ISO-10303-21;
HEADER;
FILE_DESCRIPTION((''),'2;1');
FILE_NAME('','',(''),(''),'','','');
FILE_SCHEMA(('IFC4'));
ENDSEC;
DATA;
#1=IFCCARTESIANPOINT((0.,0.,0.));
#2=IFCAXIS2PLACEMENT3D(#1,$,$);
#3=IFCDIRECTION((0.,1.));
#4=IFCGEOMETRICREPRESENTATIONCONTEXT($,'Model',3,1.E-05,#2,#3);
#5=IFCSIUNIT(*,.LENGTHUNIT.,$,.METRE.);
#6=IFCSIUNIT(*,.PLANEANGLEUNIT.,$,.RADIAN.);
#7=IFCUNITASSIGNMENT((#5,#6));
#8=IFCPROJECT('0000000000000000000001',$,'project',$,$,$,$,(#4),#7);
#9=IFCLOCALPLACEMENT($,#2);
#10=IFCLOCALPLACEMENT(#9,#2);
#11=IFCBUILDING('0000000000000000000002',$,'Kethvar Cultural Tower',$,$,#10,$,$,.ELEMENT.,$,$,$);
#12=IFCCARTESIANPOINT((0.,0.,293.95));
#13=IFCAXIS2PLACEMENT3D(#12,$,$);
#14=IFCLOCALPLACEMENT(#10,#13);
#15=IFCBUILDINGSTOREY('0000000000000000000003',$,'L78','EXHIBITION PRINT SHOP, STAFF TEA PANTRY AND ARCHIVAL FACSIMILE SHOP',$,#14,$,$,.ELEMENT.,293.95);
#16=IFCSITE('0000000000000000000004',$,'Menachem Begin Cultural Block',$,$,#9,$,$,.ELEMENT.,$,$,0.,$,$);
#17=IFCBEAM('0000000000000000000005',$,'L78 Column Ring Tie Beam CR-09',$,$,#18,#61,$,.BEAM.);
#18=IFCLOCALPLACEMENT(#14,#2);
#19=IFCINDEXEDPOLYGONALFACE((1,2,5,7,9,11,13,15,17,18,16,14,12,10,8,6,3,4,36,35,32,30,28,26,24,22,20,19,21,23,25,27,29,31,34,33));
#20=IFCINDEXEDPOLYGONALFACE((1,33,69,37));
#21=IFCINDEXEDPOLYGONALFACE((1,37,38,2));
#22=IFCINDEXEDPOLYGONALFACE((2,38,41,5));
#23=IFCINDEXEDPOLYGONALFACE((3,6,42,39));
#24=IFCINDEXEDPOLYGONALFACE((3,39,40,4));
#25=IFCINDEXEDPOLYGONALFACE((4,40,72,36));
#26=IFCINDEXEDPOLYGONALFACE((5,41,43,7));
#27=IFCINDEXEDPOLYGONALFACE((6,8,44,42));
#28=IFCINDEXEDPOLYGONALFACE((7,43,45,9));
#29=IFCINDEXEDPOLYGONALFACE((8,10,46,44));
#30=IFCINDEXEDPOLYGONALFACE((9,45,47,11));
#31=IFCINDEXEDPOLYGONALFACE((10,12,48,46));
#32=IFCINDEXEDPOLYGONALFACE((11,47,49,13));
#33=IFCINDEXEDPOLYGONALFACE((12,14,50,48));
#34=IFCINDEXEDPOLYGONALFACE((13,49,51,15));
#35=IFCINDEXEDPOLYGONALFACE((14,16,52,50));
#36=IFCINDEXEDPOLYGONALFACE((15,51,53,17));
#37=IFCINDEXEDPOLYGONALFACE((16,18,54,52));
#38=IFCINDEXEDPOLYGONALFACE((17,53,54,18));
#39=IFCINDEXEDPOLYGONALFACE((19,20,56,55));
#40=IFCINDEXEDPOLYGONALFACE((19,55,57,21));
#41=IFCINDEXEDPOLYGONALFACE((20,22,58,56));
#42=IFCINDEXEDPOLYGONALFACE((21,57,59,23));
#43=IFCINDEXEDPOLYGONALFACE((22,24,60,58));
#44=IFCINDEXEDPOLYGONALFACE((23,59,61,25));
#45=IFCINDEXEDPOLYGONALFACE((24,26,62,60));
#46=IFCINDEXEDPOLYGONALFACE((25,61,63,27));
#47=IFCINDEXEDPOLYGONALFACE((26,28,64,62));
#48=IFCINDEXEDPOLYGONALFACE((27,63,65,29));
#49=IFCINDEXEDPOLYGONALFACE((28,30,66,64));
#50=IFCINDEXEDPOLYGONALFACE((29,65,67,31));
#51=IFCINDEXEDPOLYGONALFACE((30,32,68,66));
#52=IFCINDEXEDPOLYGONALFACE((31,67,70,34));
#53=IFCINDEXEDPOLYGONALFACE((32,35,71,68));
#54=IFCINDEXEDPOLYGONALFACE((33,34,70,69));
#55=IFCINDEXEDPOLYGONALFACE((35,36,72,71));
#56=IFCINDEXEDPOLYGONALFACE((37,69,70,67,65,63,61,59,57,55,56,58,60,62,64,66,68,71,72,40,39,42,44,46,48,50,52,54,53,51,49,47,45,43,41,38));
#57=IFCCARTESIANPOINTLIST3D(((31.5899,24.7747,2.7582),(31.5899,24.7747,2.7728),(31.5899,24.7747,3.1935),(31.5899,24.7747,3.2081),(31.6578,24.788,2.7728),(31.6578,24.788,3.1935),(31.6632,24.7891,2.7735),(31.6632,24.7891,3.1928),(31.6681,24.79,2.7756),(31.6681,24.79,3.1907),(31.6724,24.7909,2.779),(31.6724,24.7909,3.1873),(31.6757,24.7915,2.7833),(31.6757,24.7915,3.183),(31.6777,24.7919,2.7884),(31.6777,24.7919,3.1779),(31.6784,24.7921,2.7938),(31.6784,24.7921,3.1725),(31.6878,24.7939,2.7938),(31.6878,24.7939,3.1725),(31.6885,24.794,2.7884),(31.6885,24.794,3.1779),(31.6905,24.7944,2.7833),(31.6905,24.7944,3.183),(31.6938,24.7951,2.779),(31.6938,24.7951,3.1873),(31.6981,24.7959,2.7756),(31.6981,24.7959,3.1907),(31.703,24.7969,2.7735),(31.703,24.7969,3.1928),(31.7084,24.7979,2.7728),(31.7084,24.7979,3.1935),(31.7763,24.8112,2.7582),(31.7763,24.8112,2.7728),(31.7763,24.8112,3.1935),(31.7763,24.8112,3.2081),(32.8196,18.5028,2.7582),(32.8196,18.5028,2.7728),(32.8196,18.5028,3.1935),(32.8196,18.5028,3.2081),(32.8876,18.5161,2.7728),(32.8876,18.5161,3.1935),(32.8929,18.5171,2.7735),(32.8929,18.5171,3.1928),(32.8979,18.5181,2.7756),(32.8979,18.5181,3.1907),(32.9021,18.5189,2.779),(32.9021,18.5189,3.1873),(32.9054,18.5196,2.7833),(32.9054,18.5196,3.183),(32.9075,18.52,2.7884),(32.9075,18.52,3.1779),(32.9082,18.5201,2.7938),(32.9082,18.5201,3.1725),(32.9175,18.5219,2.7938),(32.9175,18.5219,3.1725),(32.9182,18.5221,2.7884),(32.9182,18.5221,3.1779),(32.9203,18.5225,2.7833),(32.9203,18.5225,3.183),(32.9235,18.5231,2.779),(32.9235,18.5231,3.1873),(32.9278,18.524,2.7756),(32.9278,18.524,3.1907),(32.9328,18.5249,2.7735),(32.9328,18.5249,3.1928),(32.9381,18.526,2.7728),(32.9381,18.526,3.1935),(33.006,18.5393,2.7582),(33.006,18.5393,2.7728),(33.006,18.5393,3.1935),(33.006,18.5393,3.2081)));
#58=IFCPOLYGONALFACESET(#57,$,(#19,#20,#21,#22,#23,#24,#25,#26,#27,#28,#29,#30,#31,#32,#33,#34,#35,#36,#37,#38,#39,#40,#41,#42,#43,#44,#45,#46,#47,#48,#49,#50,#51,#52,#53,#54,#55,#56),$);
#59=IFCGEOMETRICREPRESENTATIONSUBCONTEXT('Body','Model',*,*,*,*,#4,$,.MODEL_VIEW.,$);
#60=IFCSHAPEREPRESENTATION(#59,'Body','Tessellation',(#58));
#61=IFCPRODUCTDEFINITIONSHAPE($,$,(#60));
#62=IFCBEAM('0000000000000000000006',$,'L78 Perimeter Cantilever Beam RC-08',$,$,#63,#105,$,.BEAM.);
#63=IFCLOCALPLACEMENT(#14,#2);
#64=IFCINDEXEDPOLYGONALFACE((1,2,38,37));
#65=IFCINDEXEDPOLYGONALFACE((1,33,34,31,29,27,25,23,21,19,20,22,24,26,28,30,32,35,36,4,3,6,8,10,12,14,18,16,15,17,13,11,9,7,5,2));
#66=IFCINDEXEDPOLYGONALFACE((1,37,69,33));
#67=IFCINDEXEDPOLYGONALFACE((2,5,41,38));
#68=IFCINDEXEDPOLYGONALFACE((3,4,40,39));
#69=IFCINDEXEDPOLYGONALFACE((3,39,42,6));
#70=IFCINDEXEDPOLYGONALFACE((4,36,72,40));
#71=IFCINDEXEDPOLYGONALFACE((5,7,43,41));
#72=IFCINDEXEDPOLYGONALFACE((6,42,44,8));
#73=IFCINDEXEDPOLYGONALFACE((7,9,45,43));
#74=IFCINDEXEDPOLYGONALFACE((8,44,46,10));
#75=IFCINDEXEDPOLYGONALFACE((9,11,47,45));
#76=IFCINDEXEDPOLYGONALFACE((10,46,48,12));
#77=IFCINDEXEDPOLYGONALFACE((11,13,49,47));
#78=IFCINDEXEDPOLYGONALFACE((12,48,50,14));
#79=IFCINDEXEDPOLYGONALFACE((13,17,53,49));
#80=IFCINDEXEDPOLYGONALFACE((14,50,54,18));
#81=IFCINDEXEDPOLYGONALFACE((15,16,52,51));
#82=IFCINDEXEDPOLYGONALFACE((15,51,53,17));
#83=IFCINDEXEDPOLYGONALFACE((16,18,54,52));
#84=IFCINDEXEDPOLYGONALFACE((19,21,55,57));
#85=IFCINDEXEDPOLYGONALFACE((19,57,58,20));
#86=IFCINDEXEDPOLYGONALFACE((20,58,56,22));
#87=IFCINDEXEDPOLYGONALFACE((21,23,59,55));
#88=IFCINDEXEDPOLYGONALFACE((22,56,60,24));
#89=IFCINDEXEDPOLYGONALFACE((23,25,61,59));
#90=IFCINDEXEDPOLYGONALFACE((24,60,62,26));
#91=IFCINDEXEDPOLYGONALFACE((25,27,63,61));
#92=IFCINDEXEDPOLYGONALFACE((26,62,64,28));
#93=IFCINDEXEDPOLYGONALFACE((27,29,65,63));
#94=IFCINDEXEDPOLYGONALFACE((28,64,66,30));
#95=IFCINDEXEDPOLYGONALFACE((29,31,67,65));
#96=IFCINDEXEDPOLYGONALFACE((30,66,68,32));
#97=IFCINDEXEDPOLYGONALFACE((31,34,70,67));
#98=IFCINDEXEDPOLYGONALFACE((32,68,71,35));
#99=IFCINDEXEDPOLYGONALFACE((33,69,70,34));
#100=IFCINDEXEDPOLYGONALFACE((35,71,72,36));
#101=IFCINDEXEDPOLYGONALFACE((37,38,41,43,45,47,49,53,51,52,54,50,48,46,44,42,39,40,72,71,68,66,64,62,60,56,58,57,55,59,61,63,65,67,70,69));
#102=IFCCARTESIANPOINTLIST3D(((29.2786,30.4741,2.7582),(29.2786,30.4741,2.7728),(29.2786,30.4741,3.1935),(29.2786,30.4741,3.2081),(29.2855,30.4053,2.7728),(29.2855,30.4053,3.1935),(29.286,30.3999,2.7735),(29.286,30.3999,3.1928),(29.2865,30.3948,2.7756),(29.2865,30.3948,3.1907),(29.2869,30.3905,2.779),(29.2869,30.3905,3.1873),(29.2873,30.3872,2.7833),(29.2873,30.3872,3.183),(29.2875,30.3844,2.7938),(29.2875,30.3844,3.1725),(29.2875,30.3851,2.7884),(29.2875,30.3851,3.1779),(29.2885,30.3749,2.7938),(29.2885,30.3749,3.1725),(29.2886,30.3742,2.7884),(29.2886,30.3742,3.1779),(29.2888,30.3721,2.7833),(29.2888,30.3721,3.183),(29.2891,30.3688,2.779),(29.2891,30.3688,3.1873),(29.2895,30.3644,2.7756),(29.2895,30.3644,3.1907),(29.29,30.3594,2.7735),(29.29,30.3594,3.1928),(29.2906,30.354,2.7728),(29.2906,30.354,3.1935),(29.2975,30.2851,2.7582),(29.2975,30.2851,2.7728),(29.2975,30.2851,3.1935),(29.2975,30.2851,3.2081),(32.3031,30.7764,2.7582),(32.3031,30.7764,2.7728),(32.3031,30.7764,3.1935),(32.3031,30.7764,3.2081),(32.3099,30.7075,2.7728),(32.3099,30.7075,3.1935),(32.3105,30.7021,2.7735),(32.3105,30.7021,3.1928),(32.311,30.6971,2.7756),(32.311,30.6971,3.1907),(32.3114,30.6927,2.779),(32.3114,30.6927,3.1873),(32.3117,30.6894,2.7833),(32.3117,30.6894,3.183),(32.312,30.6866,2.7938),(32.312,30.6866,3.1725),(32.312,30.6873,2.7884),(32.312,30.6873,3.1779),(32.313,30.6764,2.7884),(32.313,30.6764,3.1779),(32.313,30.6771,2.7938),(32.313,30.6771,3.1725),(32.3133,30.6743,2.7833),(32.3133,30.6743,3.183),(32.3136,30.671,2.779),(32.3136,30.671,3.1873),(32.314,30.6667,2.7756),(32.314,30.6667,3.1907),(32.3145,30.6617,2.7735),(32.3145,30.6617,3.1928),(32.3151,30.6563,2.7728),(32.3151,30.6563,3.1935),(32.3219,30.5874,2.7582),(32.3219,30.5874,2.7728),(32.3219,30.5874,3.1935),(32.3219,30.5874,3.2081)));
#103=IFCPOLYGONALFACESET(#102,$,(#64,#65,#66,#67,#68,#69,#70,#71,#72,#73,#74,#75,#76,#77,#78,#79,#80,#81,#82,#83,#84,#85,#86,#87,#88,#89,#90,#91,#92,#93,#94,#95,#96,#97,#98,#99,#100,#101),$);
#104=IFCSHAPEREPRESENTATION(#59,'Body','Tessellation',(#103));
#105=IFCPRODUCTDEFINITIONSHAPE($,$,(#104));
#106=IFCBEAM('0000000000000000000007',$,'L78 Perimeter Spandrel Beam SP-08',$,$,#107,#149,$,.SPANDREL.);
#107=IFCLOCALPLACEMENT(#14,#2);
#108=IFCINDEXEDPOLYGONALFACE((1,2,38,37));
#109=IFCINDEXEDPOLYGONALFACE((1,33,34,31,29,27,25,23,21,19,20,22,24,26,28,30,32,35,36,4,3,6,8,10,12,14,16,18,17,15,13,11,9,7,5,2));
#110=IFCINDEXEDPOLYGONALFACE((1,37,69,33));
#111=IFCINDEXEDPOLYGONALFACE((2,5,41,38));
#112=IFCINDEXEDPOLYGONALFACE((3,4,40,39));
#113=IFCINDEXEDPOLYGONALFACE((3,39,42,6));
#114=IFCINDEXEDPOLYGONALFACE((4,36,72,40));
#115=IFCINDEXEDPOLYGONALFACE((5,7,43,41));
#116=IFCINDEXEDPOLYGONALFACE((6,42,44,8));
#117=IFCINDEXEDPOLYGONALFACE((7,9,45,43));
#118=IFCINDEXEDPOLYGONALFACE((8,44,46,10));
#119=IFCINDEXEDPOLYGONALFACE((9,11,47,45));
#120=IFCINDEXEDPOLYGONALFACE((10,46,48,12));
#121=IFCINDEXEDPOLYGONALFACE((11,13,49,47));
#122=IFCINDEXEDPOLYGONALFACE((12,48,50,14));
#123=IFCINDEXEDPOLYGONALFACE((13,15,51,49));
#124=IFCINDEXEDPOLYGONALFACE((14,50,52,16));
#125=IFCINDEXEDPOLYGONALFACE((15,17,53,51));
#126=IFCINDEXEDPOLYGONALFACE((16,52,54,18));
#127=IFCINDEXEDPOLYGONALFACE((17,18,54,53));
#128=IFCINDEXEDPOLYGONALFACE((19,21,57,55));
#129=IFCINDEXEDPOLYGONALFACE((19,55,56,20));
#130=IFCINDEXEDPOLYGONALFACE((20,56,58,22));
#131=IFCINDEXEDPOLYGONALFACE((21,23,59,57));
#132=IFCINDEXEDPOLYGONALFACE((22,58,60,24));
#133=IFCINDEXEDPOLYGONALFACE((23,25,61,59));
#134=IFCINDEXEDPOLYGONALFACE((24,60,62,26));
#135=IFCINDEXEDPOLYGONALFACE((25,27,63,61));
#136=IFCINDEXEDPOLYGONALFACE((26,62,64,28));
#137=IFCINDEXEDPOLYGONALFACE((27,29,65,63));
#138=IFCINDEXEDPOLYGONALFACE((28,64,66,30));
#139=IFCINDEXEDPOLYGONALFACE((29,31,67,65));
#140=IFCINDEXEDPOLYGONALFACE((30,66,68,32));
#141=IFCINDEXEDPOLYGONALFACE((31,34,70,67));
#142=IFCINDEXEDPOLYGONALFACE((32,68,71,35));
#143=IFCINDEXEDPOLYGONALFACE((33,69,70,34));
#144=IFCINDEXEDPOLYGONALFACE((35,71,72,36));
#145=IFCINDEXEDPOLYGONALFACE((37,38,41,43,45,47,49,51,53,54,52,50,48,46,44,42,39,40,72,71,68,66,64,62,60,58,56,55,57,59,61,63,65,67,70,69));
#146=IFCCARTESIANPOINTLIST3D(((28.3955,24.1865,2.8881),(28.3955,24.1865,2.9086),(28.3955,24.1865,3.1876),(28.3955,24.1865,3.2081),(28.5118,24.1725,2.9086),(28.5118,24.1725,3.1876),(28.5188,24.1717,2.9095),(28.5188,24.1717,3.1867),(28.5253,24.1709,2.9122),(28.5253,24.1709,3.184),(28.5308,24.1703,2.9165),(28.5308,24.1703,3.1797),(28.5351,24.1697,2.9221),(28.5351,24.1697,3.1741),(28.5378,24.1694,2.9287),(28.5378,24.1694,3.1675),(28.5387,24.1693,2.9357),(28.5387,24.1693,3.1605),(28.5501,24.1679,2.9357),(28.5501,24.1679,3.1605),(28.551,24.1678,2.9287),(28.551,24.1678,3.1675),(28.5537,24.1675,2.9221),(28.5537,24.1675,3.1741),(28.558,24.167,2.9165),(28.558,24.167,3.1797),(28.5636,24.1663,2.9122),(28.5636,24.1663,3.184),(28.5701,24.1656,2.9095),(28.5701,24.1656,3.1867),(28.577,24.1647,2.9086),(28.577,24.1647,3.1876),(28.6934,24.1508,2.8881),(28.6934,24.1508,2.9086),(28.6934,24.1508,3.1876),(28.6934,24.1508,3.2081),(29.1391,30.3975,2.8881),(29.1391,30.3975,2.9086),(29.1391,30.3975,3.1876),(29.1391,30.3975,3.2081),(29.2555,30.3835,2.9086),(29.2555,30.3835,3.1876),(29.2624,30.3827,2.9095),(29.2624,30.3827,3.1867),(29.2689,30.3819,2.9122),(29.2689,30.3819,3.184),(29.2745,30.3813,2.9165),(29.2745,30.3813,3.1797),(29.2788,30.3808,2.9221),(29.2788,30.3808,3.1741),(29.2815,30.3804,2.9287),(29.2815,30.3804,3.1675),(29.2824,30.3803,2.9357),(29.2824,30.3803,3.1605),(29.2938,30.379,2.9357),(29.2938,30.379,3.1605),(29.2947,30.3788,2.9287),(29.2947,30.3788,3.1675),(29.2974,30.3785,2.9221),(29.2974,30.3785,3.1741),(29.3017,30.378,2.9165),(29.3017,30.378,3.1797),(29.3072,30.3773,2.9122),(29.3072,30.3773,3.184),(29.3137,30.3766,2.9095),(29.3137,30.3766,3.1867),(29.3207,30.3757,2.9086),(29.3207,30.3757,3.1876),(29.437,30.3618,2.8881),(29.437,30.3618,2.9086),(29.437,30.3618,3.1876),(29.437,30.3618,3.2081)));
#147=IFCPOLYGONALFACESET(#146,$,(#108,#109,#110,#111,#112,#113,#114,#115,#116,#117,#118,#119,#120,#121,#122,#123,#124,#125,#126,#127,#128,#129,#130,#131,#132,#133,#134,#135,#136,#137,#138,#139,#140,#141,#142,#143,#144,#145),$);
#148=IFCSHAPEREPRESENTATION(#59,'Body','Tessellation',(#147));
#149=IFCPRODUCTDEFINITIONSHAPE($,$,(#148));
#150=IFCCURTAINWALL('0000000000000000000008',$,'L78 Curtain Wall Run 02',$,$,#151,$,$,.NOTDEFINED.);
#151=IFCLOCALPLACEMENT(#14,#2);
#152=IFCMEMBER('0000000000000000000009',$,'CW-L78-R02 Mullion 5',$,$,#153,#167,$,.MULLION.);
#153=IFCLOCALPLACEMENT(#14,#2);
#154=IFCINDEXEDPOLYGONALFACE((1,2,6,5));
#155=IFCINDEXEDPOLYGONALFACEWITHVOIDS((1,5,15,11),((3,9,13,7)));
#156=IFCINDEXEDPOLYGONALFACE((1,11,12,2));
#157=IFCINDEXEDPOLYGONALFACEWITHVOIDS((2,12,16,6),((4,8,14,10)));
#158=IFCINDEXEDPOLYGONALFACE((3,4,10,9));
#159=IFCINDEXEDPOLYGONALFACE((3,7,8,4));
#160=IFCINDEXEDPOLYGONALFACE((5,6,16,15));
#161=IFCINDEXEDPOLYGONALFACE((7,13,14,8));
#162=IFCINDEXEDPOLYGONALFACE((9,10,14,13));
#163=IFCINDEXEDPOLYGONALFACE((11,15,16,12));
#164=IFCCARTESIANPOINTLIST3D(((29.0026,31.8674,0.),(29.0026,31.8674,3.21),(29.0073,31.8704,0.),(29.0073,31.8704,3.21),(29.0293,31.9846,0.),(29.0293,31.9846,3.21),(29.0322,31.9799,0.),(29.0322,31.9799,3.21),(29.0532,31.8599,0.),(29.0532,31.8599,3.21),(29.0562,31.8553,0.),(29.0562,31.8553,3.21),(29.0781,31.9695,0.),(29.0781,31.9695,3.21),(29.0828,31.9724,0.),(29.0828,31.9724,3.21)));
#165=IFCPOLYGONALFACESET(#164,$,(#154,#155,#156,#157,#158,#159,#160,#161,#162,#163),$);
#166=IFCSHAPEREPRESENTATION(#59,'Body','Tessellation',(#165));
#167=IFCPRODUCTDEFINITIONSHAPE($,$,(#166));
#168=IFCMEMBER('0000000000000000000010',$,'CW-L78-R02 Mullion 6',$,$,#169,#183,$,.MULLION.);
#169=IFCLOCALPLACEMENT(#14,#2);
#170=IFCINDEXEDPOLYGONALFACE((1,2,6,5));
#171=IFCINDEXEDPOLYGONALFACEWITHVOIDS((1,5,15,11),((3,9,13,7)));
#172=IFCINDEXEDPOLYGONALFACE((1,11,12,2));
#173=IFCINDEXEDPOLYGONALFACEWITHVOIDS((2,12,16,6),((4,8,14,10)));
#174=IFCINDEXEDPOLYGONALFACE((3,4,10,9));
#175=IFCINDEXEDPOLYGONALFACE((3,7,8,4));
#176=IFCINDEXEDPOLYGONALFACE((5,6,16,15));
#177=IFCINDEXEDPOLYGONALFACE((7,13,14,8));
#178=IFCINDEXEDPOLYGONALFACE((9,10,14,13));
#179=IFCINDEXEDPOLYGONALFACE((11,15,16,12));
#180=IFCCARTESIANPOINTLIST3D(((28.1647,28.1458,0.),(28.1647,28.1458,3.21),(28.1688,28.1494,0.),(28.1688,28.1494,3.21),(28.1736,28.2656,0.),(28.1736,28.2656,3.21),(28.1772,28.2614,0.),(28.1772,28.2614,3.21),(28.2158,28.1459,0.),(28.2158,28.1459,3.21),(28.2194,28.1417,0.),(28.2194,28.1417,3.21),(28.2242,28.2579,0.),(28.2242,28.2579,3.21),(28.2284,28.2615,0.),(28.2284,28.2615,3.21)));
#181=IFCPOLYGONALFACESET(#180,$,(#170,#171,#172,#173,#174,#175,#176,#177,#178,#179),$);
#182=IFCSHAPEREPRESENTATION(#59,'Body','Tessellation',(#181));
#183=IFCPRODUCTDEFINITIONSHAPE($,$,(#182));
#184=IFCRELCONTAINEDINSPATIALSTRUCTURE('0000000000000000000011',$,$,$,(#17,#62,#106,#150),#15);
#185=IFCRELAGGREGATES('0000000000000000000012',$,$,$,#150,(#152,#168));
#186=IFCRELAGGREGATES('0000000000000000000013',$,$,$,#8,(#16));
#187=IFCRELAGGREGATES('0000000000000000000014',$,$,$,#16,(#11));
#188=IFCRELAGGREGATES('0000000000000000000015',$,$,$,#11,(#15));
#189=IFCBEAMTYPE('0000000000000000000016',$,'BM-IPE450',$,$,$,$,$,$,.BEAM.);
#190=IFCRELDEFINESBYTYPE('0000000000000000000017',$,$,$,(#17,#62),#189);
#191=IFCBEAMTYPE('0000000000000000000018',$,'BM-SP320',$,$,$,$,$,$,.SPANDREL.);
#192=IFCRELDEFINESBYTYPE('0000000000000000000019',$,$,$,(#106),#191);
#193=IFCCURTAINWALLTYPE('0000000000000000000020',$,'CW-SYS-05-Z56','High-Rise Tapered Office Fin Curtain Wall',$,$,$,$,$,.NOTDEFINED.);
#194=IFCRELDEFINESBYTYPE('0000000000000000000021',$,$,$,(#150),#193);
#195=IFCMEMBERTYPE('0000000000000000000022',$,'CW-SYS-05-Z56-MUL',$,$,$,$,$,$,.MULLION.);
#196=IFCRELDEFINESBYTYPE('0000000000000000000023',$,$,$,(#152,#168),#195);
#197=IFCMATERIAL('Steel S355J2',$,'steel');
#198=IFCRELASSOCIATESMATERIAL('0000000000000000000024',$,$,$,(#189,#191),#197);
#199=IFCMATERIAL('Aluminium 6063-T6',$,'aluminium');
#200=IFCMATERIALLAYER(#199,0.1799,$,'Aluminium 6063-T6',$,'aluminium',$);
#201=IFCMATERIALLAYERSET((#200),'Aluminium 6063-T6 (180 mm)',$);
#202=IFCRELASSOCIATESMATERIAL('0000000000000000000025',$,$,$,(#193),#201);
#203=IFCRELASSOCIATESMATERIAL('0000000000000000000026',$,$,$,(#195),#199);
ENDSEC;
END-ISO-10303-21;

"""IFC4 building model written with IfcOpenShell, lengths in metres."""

from ifc_helpers import new_model, si_unit, direction, frame, origin, origin_2d, place, context, subcontext, project, spatial, hollow_rectangle, i_section, extrude, source, transform, mapped, material, layer, layer_set, material_profile, profile_set, type_object, element, aggregate, save


model = new_model("IFC4")

# Units and contexts
model_context = context("Model", 3, precision=1e-05, world=origin(), true_north=direction((0.0, 1.0)))
body_context = subcontext(model_context, "Body", "Model", "MODEL_VIEW")
ifc_project = project(units=[si_unit("LENGTHUNIT", "METRE"), si_unit("PLANEANGLEUNIT", "RADIAN")], contexts=[model_context])

# Site, building, storey
site_placement = place(None, origin())
site = spatial("IfcSite", under=ifc_project, at=site_placement, Name="Menachem Begin Cultural Block", CompositionType="ELEMENT", RefElevation=0.0)
building_placement = place(site_placement, origin())
building = spatial("IfcBuilding", under=site, at=building_placement, Name="Kethvar Cultural Tower", CompositionType="ELEMENT")
storey_placement = place(building_placement, frame((0.0, 0.0, 293.95)))
storey = spatial("IfcBuildingStorey", under=building, at=storey_placement, Name="L78", Description="EXHIBITION PRINT SHOP, STAFF TEA PANTRY AND ARCHIVAL FACSIMILE SHOP", CompositionType="ELEMENT", Elevation=293.95)

# Shared definitions
ifc_material_1 = material(Name="Steel S355J2", Category="steel")

# Beams
ifc_material_profile_1 = material_profile(ifc_material_1, i_section(OverallWidth=0.1899, OverallDepth=0.45, WebThickness=0.0095, FlangeThickness=0.0146, FilletRadius=0.021, at=origin_2d()), Name="Steel S355J2 — IPE450")
ifc_profile_set_1 = profile_set([ifc_material_profile_1], Name="Steel S355J2 — IPE450")
beam_type_1 = type_object("IfcBeamType", Name="BM-IPE450", PredefinedType="BEAM", material=ifc_profile_set_1)
shared_shape_1 = source(origin(), body_context, "Body", "SweptSolid", [
    extrude(i_section(OverallWidth=0.1899, OverallDepth=0.45, WebThickness=0.0095, FlangeThickness=0.0146, FilletRadius=0.021, at=origin_2d()), origin(), (0.0, 0.0, 1.0), 6.3914),
])
beam_1_placement = place(storey_placement, frame((31.6831, 24.793, 2.9832), z_axis=(0.192405, -0.981316, 0.0), x_axis=(0.981316, 0.192405, 0.0)))
element("IfcBeam", 1, at=beam_1_placement, inside=storey, type_object=beam_type_1, Name="L78 Column Ring Tie Beam CR-09", PredefinedType="BEAM", context=body_context, shape_type="MappedRepresentation", body=[
    mapped(shared_shape_1, transform((0.0, 0.0, 0.0), scale=1.0)),
])
shared_shape_2 = source(origin(), body_context, "Body", "SweptSolid", [
    extrude(i_section(OverallWidth=0.1899, OverallDepth=0.45, WebThickness=0.0095, FlangeThickness=0.0146, FilletRadius=0.021, at=origin_2d()), origin(), (0.0, 0.0, 1.0), 3.0396),
])
beam_2_placement = place(storey_placement, frame((32.3125, 30.6819, 2.9832), z_axis=(-0.995044, -0.09944, 0.0), x_axis=(0.09944, -0.995044, 0.0)))
element("IfcBeam", 2, at=beam_2_placement, inside=storey, type_object=beam_type_1, Name="L78 Perimeter Cantilever Beam RC-08", PredefinedType="BEAM", context=body_context, shape_type="MappedRepresentation", body=[
    mapped(shared_shape_2, transform((0.0, 0.0, 0.0), scale=1.0)),
])
ifc_material_profile_2 = material_profile(ifc_material_1, i_section(OverallWidth=0.3, OverallDepth=0.3201, WebThickness=0.0115, FlangeThickness=0.0205, FilletRadius=0.0271, at=origin_2d()), Name="Steel S355J2 — HEB320")
ifc_profile_set_2 = profile_set([ifc_material_profile_2], Name="Steel S355J2 — HEB320")
beam_type_2 = type_object("IfcBeamType", Name="BM-SP320", PredefinedType="SPANDREL", material=ifc_profile_set_2)
shared_shape_3 = source(origin(), body_context, "Body", "SweptSolid", [
    extrude(i_section(OverallWidth=0.3, OverallDepth=0.3201, WebThickness=0.0115, FlangeThickness=0.0205, FilletRadius=0.0271, at=origin_2d()), origin(), (0.0, 0.0, 1.0), 6.2554),
])
beam_3_placement = place(storey_placement, frame((29.2881, 30.3796, 3.0481), z_axis=(-0.118884, -0.992908, 0.0), x_axis=(0.992908, -0.118884, 0.0)))
element("IfcBeam", 3, at=beam_3_placement, inside=storey, type_object=beam_type_2, Name="L78 Perimeter Spandrel Beam SP-08", PredefinedType="SPANDREL", context=body_context, shape_type="MappedRepresentation", body=[
    mapped(shared_shape_3, transform((0.0, 0.0, 0.0), scale=1.0)),
])

# Curtain wall, members
ifc_material_2 = material(Name="Aluminium 6063-T6", Category="aluminium")
ifc_layer_1 = layer(ifc_material_2, 0.1799, Name="Aluminium 6063-T6", Category="aluminium")
ifc_layer_set_1 = layer_set([ifc_layer_1], Name="Aluminium 6063-T6 (180 mm)")
curtain_wall_type = type_object("IfcCurtainWallType", Name="CW-SYS-05-Z56", Description="High-Rise Tapered Office Fin Curtain Wall", PredefinedType="NOTDEFINED", material=ifc_layer_set_1)
curtain_wall_1_placement = place(storey_placement, origin())
curtain_wall_1 = element("IfcCurtainWall", 4, at=curtain_wall_1_placement, inside=storey, type_object=curtain_wall_type, Name="L78 Curtain Wall Run 02", PredefinedType="NOTDEFINED")
ifc_material_profile_3 = material_profile(ifc_material_2, hollow_rectangle(XDim=0.0549, YDim=0.1201, WallThickness=0.0039, at=origin_2d()), Name="Aluminium 6063-T6 — RHS120x55x4")
ifc_profile_set_3 = profile_set([ifc_material_profile_3], Name="Aluminium 6063-T6 — RHS120x55x4")
member_type_1 = type_object("IfcMemberType", Name="CW-SYS-05-Z56-MUL", PredefinedType="MULLION", material=ifc_profile_set_3)
shared_shape_4 = source(origin(), body_context, "Body", "SweptSolid", [
    extrude(hollow_rectangle(XDim=0.0549, YDim=0.1201, WallThickness=0.0039, at=origin_2d()), origin(), (0.0, 0.0, 1.0), 3.21),
])
member_1_placement = place(storey_placement, frame((29.0427, 31.9199, 0.0), z_axis=(0.0, 0.0, 1.0), x_axis=(0.975107, -0.221736, 0.0)))
member_1 = element("IfcMember", 5, at=member_1_placement, type_object=member_type_1, Name="CW-L78-R02 Mullion 5", PredefinedType="MULLION", context=body_context, shape_type="MappedRepresentation", body=[
    mapped(shared_shape_4, transform((0.0, 0.0, 0.0), scale=1.0)),
])
member_2_placement = place(storey_placement, frame((28.1965, 28.2036, 0.0), z_axis=(0.0, 0.0, 1.0), x_axis=(0.997213, -0.074613, 0.0)))
member_2 = element("IfcMember", 6, at=member_2_placement, type_object=member_type_1, Name="CW-L78-R02 Mullion 6", PredefinedType="MULLION", context=body_context, shape_type="MappedRepresentation", body=[
    mapped(shared_shape_4, transform((0.0, 0.0, 0.0), scale=1.0)),
])

aggregate(curtain_wall_1, [member_1, member_2])

save(model, "model.ifc")
